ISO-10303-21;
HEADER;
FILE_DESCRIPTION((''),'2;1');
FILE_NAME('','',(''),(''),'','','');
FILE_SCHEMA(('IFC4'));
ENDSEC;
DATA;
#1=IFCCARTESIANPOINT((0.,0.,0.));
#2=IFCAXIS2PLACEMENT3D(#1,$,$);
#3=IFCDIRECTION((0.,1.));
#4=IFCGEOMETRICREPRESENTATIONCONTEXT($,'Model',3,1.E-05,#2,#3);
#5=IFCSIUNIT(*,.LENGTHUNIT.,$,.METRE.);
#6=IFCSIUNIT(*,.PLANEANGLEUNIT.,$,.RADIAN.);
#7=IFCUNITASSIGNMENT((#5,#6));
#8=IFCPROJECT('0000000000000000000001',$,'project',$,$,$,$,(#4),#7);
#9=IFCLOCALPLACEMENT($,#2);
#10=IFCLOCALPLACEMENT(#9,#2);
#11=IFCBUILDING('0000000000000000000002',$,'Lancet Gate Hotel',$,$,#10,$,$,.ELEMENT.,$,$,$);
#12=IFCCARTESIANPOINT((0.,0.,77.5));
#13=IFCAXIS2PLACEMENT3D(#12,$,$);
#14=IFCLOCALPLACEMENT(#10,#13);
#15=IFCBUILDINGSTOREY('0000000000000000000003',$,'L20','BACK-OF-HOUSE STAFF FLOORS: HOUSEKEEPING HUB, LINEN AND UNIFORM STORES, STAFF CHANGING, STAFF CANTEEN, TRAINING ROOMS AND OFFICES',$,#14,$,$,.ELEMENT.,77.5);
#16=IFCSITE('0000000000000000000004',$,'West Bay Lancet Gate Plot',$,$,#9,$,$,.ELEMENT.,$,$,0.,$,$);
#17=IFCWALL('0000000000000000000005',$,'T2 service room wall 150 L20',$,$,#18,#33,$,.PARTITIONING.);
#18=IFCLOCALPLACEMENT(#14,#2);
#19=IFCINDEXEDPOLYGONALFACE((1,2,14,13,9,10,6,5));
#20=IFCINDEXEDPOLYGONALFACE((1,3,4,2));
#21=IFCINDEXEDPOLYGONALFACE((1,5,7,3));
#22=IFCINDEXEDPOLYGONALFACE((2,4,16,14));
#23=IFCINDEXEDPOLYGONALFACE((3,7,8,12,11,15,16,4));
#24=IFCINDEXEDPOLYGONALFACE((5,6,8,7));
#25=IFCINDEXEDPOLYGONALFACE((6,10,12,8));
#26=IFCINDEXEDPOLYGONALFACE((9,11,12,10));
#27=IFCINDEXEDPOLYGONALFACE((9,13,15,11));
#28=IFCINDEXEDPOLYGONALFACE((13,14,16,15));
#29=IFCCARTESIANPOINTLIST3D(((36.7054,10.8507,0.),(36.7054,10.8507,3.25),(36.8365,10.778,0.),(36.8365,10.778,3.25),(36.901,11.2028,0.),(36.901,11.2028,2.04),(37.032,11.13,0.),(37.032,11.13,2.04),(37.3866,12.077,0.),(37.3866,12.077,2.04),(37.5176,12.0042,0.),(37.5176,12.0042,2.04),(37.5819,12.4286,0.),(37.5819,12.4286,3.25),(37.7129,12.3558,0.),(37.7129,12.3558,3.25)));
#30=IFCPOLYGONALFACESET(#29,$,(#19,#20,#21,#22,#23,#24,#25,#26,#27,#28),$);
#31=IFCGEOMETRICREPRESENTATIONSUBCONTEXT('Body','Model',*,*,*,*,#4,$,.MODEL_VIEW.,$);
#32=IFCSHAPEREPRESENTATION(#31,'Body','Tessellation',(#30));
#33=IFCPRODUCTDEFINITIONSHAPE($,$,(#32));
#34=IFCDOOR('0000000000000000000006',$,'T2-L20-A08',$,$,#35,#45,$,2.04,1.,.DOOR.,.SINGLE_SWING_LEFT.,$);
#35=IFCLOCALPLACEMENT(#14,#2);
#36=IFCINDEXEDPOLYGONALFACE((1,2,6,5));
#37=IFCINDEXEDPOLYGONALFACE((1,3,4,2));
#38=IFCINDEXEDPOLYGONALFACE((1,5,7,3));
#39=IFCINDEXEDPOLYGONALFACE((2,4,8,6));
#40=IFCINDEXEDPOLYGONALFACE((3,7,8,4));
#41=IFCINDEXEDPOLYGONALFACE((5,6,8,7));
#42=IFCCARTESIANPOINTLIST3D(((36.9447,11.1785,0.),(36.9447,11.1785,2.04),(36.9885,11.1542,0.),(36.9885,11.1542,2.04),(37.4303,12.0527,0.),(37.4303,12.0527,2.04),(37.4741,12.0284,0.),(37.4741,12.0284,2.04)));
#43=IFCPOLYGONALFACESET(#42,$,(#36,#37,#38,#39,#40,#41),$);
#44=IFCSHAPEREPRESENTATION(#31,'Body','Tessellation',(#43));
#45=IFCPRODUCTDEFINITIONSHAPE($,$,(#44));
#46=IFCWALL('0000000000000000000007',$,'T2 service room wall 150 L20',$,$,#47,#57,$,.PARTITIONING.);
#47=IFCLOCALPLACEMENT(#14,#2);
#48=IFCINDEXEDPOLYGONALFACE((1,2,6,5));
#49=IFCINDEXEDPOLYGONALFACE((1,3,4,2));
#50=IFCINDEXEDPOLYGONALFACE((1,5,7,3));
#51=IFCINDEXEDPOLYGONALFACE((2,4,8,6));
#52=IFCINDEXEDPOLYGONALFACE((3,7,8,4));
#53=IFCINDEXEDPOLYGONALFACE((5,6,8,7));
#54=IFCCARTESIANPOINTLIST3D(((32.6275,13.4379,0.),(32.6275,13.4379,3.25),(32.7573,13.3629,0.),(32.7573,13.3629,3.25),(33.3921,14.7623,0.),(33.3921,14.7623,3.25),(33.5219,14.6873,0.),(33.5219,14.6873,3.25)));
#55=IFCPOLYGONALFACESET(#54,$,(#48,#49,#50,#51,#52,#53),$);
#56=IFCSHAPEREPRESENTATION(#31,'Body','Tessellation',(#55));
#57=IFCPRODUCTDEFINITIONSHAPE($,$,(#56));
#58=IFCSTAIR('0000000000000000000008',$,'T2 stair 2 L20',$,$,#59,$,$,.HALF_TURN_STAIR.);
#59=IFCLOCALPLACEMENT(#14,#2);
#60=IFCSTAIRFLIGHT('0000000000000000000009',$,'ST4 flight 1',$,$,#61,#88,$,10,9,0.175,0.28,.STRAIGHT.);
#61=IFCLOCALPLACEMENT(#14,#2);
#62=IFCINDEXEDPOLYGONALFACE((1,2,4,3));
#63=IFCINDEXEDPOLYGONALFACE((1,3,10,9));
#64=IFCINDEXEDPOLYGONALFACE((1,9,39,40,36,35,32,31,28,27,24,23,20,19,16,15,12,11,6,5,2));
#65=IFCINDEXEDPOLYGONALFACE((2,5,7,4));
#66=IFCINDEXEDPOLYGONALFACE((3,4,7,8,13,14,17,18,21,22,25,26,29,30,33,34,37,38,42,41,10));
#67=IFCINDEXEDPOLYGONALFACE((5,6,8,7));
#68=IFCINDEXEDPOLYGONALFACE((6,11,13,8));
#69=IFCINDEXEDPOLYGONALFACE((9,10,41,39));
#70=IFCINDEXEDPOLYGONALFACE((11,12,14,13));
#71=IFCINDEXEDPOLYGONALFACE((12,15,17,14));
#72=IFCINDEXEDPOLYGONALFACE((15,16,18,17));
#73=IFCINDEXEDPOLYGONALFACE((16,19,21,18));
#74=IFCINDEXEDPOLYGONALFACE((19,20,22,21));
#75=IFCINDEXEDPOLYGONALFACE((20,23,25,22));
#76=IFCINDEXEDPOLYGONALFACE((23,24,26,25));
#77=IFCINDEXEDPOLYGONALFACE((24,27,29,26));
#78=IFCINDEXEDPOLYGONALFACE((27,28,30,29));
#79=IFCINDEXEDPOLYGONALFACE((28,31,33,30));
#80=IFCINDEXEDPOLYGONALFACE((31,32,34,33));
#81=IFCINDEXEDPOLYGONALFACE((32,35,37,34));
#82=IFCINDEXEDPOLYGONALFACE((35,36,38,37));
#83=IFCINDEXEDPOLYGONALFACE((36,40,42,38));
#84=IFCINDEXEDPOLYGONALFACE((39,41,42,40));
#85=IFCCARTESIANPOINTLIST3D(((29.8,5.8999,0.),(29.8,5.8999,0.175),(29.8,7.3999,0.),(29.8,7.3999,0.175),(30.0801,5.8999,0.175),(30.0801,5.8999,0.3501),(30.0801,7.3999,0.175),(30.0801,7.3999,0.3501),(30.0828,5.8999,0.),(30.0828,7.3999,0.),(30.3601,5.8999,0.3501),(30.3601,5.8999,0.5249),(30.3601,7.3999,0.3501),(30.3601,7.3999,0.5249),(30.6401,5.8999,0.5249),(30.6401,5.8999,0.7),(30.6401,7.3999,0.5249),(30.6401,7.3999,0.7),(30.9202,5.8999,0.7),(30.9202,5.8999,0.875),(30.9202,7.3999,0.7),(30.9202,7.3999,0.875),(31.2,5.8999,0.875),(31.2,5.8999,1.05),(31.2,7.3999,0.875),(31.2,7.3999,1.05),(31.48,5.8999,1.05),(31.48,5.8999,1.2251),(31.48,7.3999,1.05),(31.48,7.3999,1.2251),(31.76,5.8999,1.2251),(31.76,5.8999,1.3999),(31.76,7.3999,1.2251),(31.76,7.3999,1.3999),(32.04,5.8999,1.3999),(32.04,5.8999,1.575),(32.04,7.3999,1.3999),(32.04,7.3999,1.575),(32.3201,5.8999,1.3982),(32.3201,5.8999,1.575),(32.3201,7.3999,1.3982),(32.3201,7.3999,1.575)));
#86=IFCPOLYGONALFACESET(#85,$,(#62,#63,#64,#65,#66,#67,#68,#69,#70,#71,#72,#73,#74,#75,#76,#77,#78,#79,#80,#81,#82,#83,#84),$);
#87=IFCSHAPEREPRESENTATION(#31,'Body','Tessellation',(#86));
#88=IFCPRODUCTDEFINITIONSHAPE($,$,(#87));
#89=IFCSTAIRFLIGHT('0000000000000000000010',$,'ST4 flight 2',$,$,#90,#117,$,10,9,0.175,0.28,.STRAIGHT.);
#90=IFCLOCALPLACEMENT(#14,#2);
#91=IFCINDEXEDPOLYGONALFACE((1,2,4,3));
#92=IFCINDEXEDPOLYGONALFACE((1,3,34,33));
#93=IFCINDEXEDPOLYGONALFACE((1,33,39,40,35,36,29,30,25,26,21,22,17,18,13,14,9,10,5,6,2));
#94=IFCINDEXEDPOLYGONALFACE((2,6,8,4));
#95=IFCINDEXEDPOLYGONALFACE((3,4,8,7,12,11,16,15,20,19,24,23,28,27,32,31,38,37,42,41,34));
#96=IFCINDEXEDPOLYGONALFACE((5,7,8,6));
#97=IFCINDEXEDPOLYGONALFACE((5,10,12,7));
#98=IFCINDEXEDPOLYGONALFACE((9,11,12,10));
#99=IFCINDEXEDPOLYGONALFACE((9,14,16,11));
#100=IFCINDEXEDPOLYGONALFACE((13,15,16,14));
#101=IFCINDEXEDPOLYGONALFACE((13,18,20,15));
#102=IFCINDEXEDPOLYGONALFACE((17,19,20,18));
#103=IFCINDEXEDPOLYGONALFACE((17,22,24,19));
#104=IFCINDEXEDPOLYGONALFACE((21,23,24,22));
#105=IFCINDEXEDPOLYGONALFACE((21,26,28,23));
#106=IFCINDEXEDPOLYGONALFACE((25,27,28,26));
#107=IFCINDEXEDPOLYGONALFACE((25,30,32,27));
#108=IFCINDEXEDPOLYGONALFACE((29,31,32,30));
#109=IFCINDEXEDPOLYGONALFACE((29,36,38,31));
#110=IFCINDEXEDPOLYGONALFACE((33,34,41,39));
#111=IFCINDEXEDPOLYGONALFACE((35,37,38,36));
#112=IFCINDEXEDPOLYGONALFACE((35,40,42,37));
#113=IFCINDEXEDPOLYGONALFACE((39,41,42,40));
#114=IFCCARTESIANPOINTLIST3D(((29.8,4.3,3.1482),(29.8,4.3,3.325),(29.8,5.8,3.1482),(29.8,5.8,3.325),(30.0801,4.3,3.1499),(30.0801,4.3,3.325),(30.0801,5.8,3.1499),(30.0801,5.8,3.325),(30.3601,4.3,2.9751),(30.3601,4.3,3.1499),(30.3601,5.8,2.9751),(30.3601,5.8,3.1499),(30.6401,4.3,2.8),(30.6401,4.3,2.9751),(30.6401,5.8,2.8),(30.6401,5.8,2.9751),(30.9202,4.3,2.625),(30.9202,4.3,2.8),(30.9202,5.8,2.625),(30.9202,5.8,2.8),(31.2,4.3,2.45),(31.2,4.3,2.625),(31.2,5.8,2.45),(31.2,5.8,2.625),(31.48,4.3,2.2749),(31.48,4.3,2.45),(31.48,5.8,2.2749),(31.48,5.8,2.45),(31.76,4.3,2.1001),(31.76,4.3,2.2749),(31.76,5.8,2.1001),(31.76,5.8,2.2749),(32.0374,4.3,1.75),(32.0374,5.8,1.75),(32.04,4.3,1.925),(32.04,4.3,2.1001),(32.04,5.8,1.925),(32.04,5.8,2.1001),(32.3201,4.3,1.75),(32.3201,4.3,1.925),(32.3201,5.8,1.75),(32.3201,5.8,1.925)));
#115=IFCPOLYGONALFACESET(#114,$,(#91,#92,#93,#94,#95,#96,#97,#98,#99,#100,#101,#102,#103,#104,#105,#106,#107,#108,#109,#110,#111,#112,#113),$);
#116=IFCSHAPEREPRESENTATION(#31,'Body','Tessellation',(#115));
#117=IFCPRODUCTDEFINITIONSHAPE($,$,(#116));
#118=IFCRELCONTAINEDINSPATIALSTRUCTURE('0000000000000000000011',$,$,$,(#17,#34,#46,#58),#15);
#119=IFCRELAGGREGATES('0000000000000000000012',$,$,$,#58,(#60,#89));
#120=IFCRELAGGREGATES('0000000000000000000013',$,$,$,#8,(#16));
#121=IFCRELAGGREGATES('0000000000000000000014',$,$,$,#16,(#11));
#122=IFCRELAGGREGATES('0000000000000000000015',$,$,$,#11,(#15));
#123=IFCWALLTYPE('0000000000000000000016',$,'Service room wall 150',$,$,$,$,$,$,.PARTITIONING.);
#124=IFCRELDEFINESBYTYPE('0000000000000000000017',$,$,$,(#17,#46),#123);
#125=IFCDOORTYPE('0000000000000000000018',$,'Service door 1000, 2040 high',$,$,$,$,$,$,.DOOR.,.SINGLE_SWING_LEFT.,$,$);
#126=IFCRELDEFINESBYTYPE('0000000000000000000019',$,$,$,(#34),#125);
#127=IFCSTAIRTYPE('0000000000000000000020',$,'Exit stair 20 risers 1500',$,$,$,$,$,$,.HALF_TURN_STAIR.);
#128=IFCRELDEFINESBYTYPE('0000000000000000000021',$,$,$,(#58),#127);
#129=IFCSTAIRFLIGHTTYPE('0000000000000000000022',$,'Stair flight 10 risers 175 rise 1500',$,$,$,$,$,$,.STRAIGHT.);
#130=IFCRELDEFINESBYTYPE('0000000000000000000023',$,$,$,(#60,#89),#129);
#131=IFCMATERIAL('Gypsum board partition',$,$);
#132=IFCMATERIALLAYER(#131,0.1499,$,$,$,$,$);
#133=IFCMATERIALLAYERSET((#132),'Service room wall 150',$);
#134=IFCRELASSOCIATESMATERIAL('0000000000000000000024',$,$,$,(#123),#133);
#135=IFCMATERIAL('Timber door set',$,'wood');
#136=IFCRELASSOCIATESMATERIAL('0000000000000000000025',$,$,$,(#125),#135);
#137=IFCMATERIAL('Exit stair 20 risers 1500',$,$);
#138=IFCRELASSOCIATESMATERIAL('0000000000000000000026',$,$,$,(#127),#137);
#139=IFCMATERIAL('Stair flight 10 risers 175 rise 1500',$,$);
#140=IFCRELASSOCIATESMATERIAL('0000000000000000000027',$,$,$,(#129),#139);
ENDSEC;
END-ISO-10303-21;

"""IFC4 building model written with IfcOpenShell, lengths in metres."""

from ifc_helpers import new_model, si_unit, direction, frame, frame_2d, origin, place, context, subcontext, project, spatial, polyline, rectangle, outline, extrude, material, layer, layer_set, type_object, element, fill, aggregate, save


model = new_model("IFC4")

# Units and contexts
model_context = context("Model", 3, precision=1e-05, world=origin(), true_north=direction((0.0, 1.0)))
body_context = subcontext(model_context, "Body", "Model", "MODEL_VIEW")
ifc_project = project(units=[si_unit("LENGTHUNIT", "METRE"), si_unit("PLANEANGLEUNIT", "RADIAN")], contexts=[model_context])

# Site, building, storey
site_placement = place(None, origin())
site = spatial("IfcSite", under=ifc_project, at=site_placement, Name="West Bay Lancet Gate Plot", CompositionType="ELEMENT", RefElevation=0.0)
building_placement = place(site_placement, origin())
building = spatial("IfcBuilding", under=site, at=building_placement, Name="Lancet Gate Hotel", CompositionType="ELEMENT")
storey_placement = place(building_placement, frame((0.0, 0.0, 77.5)))
storey = spatial("IfcBuildingStorey", under=building, at=storey_placement, Name="L20", Description="BACK-OF-HOUSE STAFF FLOORS: HOUSEKEEPING HUB, LINEN AND UNIFORM STORES, STAFF CHANGING, STAFF CANTEEN, TRAINING ROOMS AND OFFICES", CompositionType="ELEMENT", Elevation=77.5)

# Wall, opening, door
ifc_material_1 = material(Name="Gypsum board partition")
ifc_layer_1 = layer(ifc_material_1, 0.1499)
ifc_layer_set_1 = layer_set([ifc_layer_1], Name="Service room wall 150")
wall_type_1 = type_object("IfcWallType", Name="Service room wall 150", PredefinedType="PARTITIONING", material=ifc_layer_set_1)
wall_1_placement = place(storey_placement, frame((36.771, 10.8145, 0.0), z_axis=(0.0, 0.0, 1.0), x_axis=(0.485586, 0.874189, 0.0)))
wall_1 = element("IfcWall", 1, at=wall_1_placement, inside=storey, type_object=wall_type_1, Name="T2 service room wall 150 L20", PredefinedType="PARTITIONING", context=body_context, shape_type="SweptSolid", body=[
    extrude(rectangle(XDim=1.8049, YDim=0.1499, at=frame_2d((0.9023, 0.0))), origin(), (0.0, 0.0, 1.0), 3.25),
])
opening_1_placement = place(wall_1_placement, frame((0.4026, 0.0, 0.0)))
opening_1 = element("IfcOpeningElement", 2, at=opening_1_placement, cuts=wall_1, PredefinedType="OPENING", context=body_context, shape_type="SweptSolid", body=[
    extrude(rectangle(XDim=1.0, YDim=2.04, at=frame_2d((0.5, 1.02))), frame((0.0, 0.085, 0.0), z_axis=(0.0, -1.0, 0.0), x_axis=(1.0, 0.0, 0.0)), (0.0, 0.0, 1.0), 0.1699),
])
ifc_material_2 = material(Name="Timber door set", Category="wood")
door_type_1 = type_object("IfcDoorType", Name="Service door 1000, 2040 high", OperationType="SINGLE_SWING_LEFT", PredefinedType="DOOR", material=ifc_material_2)
door_1_placement = place(opening_1_placement, origin())
door_1 = element("IfcDoor", 3, at=door_1_placement, inside=storey, type_object=door_type_1, Name="T2-L20-A08", OperationType="SINGLE_SWING_LEFT", OverallHeight=2.04, OverallWidth=1.0, PredefinedType="DOOR", context=body_context, shape_type="SweptSolid", body=[
    extrude(rectangle(XDim=1.0, YDim=2.04, at=frame_2d((0.5, 1.02))), frame((0.0, 0.0249, 0.0), z_axis=(0.0, -1.0, 0.0), x_axis=(1.0, 0.0, 0.0)), (0.0, 0.0, 1.0), 0.05),
])
fill(opening_1, door_1)

# Wall
wall_2_placement = place(storey_placement, frame((32.6924, 13.4004, 0.0), z_axis=(0.0, 0.0, 1.0), x_axis=(0.499985, 0.866034, 0.0)))
element("IfcWall", 4, at=wall_2_placement, inside=storey, type_object=wall_type_1, Name="T2 service room wall 150 L20", PredefinedType="PARTITIONING", context=body_context, shape_type="SweptSolid", body=[
    extrude(rectangle(XDim=1.5293, YDim=0.1499, at=frame_2d((0.7646, 0.0))), origin(), (0.0, 0.0, 1.0), 3.25),
])

# Stair, stair flights
ifc_material_3 = material(Name="Exit stair 20 risers 1500")
stair_type = type_object("IfcStairType", Name="Exit stair 20 risers 1500", PredefinedType="HALF_TURN_STAIR", material=ifc_material_3)
stair_placement = place(storey_placement, origin())
stair = element("IfcStair", 5, at=stair_placement, inside=storey, type_object=stair_type, Name="T2 stair 2 L20", PredefinedType="HALF_TURN_STAIR")
ifc_material_4 = material(Name="Stair flight 10 risers 175 rise 1500")
stair_flight_type = type_object("IfcStairFlightType", Name="Stair flight 10 risers 175 rise 1500", PredefinedType="STRAIGHT", material=ifc_material_4)
stair_flight_1_placement = place(storey_placement, frame((29.8, 6.6499, 0.0), z_axis=(0.0, 0.0, 1.0), x_axis=(1.0, 0.0, 0.0)))
stair_flight_1 = element("IfcStairFlight", 6, at=stair_flight_1_placement, type_object=stair_flight_type, Name="ST4 flight 1", NumberOfRisers=10, NumberOfTreads=9, PredefinedType="STRAIGHT", RiserHeight=0.175, TreadLength=0.28, context=body_context, shape_type="SweptSolid", body=[
    extrude(outline(polyline([(0.0, 0.0), (0.0, 0.175), (0.28, 0.175), (0.28, 0.3501), (0.5601, 0.3501), (0.5601, 0.5249), (0.8401, 0.5249), (0.8401, 0.7), (1.1201, 0.7), (1.1201, 0.875), (1.3999, 0.875), (1.3999, 1.05), (1.6799, 1.05), (1.6799, 1.2251), (1.96, 1.2251), (1.96, 1.3999), (2.24, 1.3999), (2.24, 1.575), (2.52, 1.575), (2.52, 1.75), (2.52, 1.3982), (0.2827, 0.0), (0.0, 0.0)])), frame((0.0, 0.75, 0.0), z_axis=(0.0, -1.0, 0.0), x_axis=(1.0, 0.0, 0.0)), (0.0, 0.0, 1.0), 1.5),
])
stair_flight_2_placement = place(storey_placement, frame((32.3201, 5.05, 1.75), z_axis=(0.0, 0.0, 1.0), x_axis=(-1.0, 0.0, 0.0)))
stair_flight_2 = element("IfcStairFlight", 7, at=stair_flight_2_placement, type_object=stair_flight_type, Name="ST4 flight 2", NumberOfRisers=10, NumberOfTreads=9, PredefinedType="STRAIGHT", RiserHeight=0.175, TreadLength=0.28, context=body_context, shape_type="SweptSolid", body=[
    extrude(outline(polyline([(0.0, 0.0), (0.0, 0.175), (0.28, 0.175), (0.28, 0.3501), (0.5601, 0.3501), (0.5601, 0.5249), (0.8401, 0.5249), (0.8401, 0.7), (1.1201, 0.7), (1.1201, 0.875), (1.3999, 0.875), (1.3999, 1.05), (1.6799, 1.05), (1.6799, 1.2251), (1.96, 1.2251), (1.96, 1.3999), (2.24, 1.3999), (2.24, 1.575), (2.52, 1.575), (2.52, 1.75), (2.52, 1.3982), (0.2827, 0.0), (0.0, 0.0)])), frame((0.0, 0.75, 0.0), z_axis=(0.0, -1.0, 0.0), x_axis=(1.0, 0.0, 0.0)), (0.0, 0.0, 1.0), 1.5),
])
aggregate(stair, [stair_flight_1, stair_flight_2])

save(model, "model.ifc")
